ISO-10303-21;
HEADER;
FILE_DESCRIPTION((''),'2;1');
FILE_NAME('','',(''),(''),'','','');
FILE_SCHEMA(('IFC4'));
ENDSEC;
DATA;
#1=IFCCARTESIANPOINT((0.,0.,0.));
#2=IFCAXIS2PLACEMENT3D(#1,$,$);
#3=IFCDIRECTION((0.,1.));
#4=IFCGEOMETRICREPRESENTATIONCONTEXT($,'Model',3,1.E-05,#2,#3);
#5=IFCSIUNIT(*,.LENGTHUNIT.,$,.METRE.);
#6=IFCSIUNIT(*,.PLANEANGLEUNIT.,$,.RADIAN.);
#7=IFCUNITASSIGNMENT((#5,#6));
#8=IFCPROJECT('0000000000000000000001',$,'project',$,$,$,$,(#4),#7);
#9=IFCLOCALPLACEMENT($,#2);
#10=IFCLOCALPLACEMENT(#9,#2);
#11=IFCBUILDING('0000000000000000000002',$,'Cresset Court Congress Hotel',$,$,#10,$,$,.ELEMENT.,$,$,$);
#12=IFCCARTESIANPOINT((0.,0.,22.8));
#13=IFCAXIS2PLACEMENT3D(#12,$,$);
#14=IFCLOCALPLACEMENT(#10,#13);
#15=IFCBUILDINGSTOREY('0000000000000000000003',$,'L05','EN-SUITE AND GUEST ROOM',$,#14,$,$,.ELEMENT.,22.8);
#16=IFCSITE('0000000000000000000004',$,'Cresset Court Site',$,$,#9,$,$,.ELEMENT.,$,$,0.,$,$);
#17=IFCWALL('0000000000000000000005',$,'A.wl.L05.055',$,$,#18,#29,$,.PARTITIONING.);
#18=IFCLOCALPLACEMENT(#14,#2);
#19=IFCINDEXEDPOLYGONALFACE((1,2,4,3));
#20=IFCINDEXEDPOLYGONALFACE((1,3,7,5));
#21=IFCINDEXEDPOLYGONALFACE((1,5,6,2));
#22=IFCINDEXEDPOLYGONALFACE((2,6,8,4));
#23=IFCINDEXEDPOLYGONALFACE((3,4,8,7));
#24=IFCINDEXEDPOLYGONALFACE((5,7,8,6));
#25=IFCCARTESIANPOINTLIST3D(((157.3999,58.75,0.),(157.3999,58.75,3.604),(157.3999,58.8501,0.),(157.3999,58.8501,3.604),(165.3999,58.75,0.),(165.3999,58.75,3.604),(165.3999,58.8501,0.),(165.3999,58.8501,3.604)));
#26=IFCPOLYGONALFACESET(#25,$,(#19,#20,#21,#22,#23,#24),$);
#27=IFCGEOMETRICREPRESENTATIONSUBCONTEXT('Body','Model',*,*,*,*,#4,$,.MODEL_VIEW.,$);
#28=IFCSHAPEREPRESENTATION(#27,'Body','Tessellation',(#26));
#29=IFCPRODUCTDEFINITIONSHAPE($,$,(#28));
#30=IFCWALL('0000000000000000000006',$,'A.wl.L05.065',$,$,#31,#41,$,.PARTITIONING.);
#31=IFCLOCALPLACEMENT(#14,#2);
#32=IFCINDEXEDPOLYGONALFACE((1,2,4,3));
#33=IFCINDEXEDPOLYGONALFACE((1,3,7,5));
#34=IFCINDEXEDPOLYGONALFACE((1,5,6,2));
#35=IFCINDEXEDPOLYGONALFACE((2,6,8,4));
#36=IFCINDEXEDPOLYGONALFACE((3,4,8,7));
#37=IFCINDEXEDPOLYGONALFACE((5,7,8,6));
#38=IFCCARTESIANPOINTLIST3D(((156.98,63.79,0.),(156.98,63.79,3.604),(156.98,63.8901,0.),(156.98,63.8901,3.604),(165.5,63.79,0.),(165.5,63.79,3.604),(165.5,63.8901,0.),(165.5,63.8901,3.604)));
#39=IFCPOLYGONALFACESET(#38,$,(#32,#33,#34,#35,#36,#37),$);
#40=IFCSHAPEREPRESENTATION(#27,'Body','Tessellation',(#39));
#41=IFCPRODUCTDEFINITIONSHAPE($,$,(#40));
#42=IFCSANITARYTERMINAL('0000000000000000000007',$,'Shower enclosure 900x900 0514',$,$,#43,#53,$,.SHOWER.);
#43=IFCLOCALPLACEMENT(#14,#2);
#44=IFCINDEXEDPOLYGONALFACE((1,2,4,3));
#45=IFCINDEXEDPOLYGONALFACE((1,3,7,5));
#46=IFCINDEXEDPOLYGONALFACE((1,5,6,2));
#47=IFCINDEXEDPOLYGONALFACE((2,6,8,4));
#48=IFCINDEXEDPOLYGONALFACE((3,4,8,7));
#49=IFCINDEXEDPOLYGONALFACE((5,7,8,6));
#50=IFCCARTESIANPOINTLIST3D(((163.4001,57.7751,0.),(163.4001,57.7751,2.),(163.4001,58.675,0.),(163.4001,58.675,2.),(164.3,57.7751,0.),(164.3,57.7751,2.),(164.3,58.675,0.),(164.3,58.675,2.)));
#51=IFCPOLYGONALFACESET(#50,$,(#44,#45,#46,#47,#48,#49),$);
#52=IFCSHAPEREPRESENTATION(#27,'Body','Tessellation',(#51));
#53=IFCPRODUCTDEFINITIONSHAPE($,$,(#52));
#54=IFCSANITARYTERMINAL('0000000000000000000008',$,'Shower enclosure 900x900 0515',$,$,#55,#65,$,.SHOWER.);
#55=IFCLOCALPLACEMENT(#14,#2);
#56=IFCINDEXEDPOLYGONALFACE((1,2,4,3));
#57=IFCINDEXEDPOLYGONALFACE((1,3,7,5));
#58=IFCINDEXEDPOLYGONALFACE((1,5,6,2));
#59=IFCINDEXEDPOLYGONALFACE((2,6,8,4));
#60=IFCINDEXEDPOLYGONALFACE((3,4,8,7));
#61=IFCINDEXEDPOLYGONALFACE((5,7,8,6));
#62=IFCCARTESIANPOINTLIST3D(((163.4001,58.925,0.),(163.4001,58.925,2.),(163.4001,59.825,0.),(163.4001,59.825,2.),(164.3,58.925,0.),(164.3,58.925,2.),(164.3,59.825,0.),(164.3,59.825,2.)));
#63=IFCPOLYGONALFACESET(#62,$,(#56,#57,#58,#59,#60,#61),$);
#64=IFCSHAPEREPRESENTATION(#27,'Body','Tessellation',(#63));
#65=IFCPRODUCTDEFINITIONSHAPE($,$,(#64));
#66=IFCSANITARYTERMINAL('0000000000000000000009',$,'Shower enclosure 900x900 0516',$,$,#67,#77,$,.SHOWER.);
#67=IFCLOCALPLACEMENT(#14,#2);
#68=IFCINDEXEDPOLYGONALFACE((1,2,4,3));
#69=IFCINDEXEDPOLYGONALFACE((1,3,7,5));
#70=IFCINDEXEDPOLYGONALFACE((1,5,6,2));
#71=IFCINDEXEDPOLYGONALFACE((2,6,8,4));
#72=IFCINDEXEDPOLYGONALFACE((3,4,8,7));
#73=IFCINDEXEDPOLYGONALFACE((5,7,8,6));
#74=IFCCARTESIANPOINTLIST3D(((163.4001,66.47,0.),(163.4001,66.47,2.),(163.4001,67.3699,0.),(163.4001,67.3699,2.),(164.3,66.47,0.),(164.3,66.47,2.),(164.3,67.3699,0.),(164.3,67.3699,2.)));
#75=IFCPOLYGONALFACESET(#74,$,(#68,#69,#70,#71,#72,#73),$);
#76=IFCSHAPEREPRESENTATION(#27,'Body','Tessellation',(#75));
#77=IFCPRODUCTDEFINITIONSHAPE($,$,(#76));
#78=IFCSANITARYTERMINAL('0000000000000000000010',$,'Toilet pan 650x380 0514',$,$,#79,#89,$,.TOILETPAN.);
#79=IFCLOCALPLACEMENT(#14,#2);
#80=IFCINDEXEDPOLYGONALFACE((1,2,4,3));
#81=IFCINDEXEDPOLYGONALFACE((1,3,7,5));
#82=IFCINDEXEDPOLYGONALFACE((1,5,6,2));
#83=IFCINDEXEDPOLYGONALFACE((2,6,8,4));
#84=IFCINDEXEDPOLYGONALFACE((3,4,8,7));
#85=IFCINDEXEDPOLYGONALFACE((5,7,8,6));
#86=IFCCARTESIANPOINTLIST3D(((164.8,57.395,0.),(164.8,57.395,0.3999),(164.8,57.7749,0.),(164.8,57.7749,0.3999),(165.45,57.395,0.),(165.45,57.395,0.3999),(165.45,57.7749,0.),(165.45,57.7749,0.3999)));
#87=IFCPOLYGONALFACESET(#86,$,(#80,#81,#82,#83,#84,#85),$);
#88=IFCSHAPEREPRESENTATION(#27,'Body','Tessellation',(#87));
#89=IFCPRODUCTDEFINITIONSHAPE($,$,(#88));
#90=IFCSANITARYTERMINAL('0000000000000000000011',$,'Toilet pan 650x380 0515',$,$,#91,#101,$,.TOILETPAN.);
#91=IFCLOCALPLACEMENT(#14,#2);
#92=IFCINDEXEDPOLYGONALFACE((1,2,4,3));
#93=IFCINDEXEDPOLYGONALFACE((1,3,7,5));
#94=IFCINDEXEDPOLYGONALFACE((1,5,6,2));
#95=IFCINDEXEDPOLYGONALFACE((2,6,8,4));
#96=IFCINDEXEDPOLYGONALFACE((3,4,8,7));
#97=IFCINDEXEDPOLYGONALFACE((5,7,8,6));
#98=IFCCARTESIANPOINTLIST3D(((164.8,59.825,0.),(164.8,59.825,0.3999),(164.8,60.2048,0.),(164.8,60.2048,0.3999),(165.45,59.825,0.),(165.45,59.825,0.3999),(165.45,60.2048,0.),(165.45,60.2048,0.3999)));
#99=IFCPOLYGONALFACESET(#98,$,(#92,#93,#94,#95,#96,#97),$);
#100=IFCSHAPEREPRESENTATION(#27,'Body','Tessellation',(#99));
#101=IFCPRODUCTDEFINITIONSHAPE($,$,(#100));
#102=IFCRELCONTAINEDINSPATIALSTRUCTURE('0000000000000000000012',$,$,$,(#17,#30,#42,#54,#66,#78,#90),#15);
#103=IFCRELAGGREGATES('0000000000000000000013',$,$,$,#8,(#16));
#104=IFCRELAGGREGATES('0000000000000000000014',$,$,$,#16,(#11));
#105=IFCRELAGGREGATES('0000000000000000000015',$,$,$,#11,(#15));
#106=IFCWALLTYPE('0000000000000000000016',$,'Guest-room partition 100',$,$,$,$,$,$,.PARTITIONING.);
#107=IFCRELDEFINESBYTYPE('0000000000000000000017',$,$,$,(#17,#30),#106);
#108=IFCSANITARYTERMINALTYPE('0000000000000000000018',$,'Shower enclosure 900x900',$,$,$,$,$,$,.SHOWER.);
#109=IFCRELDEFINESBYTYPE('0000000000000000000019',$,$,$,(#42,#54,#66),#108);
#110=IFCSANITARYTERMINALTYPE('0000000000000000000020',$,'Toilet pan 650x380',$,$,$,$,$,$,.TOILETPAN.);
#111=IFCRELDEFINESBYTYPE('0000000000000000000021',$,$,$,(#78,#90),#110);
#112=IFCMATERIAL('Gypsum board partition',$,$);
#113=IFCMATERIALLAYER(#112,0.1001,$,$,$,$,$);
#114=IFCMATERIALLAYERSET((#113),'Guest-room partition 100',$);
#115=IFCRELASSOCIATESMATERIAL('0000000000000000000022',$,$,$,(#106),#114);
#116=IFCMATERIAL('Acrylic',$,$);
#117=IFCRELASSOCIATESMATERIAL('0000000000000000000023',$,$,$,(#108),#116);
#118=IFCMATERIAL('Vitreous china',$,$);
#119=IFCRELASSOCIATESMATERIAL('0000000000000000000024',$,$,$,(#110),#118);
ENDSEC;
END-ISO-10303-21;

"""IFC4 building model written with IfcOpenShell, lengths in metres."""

from ifc_helpers import new_model, si_unit, direction, frame, frame_2d, origin, origin_2d, place, context, subcontext, project, spatial, rectangle, extrude, material, layer, layer_set, type_object, element, save


model = new_model("IFC4")

# Units and contexts
model_context = context("Model", 3, precision=1e-05, world=origin(), true_north=direction((0.0, 1.0)))
body_context = subcontext(model_context, "Body", "Model", "MODEL_VIEW")
ifc_project = project(units=[si_unit("LENGTHUNIT", "METRE"), si_unit("PLANEANGLEUNIT", "RADIAN")], contexts=[model_context])

# Site, building, storey
site_placement = place(None, origin())
site = spatial("IfcSite", under=ifc_project, at=site_placement, Name="Cresset Court Site", CompositionType="ELEMENT", RefElevation=0.0)
building_placement = place(site_placement, origin())
building = spatial("IfcBuilding", under=site, at=building_placement, Name="Cresset Court Congress Hotel", CompositionType="ELEMENT")
storey_placement = place(building_placement, frame((0.0, 0.0, 22.8)))
storey = spatial("IfcBuildingStorey", under=building, at=storey_placement, Name="L05", Description="EN-SUITE AND GUEST ROOM", CompositionType="ELEMENT", Elevation=22.8)

# Walls
ifc_material_1 = material(Name="Gypsum board partition")
ifc_layer_1 = layer(ifc_material_1, 0.1001)
ifc_layer_set_1 = layer_set([ifc_layer_1], Name="Guest-room partition 100")
wall_type_1 = type_object("IfcWallType", Name="Guest-room partition 100", PredefinedType="PARTITIONING", material=ifc_layer_set_1)
wall_1_placement = place(storey_placement, frame((157.3999, 58.8, 0.0), z_axis=(0.0, 0.0, 1.0), x_axis=(1.0, 0.0, 0.0)))
element("IfcWall", 1, at=wall_1_placement, inside=storey, type_object=wall_type_1, Name="A.wl.L05.055", PredefinedType="PARTITIONING", context=body_context, shape_type="SweptSolid", body=[
    extrude(rectangle(XDim=8.0, YDim=0.1001, at=frame_2d((4.0, 0.0))), origin(), (0.0, 0.0, 1.0), 3.604),
])
wall_2_placement = place(storey_placement, frame((156.98, 63.8401, 0.0), z_axis=(0.0, 0.0, 1.0), x_axis=(1.0, 0.0, 0.0)))
element("IfcWall", 2, at=wall_2_placement, inside=storey, type_object=wall_type_1, Name="A.wl.L05.065", PredefinedType="PARTITIONING", context=body_context, shape_type="SweptSolid", body=[
    extrude(rectangle(XDim=8.52, YDim=0.1001, at=frame_2d((4.26, 0.0))), origin(), (0.0, 0.0, 1.0), 3.604),
])

# Sanitary terminals
ifc_material_2 = material(Name="Acrylic")
sanitary_terminal_type_1 = type_object("IfcSanitaryTerminalType", Name="Shower enclosure 900x900", PredefinedType="SHOWER", material=ifc_material_2)
for number, where, z_axis, x_axis, name in (
    (3, (163.8501, 58.2251, 0.0), (0.0, 0.0, 1.0), (1.0, 0.0, 0.0), "Shower enclosure 900x900 0514"),
    (4, (163.8501, 59.375, 0.0), (0.0, 0.0, 1.0), (1.0, 0.0, 0.0), "Shower enclosure 900x900 0515"),
    (5, (163.8501, 66.9199, 0.0), (0.0, 0.0, 1.0), (1.0, 0.0, 0.0), "Shower enclosure 900x900 0516"),
):
    element("IfcSanitaryTerminal", number, at=place(storey_placement, frame(where, z_axis=z_axis, x_axis=x_axis)), inside=storey, type_object=sanitary_terminal_type_1, Name=name, PredefinedType="SHOWER", context=body_context, shape_type="SweptSolid", body=[
        extrude(rectangle(XDim=0.8999, YDim=0.8999, at=origin_2d()), origin(), (0.0, 0.0, 1.0), 2.0),
    ])
ifc_material_3 = material(Name="Vitreous china")
sanitary_terminal_type_2 = type_object("IfcSanitaryTerminalType", Name="Toilet pan 650x380", PredefinedType="TOILETPAN", material=ifc_material_3)
for number, where, z_axis, x_axis, name in (
    (6, (165.125, 57.585, 0.0), (0.0, 0.0, 1.0), (1.0, 0.0, 0.0), "Toilet pan 650x380 0514"),
    (7, (165.125, 60.0149, 0.0), (0.0, 0.0, 1.0), (1.0, 0.0, 0.0), "Toilet pan 650x380 0515"),
):
    element("IfcSanitaryTerminal", number, at=place(storey_placement, frame(where, z_axis=z_axis, x_axis=x_axis)), inside=storey, type_object=sanitary_terminal_type_2, Name=name, PredefinedType="TOILETPAN", context=body_context, shape_type="SweptSolid", body=[
        extrude(rectangle(XDim=0.6499, YDim=0.3799, at=origin_2d()), origin(), (0.0, 0.0, 1.0), 0.3999),
    ])

save(model, "model.ifc")
